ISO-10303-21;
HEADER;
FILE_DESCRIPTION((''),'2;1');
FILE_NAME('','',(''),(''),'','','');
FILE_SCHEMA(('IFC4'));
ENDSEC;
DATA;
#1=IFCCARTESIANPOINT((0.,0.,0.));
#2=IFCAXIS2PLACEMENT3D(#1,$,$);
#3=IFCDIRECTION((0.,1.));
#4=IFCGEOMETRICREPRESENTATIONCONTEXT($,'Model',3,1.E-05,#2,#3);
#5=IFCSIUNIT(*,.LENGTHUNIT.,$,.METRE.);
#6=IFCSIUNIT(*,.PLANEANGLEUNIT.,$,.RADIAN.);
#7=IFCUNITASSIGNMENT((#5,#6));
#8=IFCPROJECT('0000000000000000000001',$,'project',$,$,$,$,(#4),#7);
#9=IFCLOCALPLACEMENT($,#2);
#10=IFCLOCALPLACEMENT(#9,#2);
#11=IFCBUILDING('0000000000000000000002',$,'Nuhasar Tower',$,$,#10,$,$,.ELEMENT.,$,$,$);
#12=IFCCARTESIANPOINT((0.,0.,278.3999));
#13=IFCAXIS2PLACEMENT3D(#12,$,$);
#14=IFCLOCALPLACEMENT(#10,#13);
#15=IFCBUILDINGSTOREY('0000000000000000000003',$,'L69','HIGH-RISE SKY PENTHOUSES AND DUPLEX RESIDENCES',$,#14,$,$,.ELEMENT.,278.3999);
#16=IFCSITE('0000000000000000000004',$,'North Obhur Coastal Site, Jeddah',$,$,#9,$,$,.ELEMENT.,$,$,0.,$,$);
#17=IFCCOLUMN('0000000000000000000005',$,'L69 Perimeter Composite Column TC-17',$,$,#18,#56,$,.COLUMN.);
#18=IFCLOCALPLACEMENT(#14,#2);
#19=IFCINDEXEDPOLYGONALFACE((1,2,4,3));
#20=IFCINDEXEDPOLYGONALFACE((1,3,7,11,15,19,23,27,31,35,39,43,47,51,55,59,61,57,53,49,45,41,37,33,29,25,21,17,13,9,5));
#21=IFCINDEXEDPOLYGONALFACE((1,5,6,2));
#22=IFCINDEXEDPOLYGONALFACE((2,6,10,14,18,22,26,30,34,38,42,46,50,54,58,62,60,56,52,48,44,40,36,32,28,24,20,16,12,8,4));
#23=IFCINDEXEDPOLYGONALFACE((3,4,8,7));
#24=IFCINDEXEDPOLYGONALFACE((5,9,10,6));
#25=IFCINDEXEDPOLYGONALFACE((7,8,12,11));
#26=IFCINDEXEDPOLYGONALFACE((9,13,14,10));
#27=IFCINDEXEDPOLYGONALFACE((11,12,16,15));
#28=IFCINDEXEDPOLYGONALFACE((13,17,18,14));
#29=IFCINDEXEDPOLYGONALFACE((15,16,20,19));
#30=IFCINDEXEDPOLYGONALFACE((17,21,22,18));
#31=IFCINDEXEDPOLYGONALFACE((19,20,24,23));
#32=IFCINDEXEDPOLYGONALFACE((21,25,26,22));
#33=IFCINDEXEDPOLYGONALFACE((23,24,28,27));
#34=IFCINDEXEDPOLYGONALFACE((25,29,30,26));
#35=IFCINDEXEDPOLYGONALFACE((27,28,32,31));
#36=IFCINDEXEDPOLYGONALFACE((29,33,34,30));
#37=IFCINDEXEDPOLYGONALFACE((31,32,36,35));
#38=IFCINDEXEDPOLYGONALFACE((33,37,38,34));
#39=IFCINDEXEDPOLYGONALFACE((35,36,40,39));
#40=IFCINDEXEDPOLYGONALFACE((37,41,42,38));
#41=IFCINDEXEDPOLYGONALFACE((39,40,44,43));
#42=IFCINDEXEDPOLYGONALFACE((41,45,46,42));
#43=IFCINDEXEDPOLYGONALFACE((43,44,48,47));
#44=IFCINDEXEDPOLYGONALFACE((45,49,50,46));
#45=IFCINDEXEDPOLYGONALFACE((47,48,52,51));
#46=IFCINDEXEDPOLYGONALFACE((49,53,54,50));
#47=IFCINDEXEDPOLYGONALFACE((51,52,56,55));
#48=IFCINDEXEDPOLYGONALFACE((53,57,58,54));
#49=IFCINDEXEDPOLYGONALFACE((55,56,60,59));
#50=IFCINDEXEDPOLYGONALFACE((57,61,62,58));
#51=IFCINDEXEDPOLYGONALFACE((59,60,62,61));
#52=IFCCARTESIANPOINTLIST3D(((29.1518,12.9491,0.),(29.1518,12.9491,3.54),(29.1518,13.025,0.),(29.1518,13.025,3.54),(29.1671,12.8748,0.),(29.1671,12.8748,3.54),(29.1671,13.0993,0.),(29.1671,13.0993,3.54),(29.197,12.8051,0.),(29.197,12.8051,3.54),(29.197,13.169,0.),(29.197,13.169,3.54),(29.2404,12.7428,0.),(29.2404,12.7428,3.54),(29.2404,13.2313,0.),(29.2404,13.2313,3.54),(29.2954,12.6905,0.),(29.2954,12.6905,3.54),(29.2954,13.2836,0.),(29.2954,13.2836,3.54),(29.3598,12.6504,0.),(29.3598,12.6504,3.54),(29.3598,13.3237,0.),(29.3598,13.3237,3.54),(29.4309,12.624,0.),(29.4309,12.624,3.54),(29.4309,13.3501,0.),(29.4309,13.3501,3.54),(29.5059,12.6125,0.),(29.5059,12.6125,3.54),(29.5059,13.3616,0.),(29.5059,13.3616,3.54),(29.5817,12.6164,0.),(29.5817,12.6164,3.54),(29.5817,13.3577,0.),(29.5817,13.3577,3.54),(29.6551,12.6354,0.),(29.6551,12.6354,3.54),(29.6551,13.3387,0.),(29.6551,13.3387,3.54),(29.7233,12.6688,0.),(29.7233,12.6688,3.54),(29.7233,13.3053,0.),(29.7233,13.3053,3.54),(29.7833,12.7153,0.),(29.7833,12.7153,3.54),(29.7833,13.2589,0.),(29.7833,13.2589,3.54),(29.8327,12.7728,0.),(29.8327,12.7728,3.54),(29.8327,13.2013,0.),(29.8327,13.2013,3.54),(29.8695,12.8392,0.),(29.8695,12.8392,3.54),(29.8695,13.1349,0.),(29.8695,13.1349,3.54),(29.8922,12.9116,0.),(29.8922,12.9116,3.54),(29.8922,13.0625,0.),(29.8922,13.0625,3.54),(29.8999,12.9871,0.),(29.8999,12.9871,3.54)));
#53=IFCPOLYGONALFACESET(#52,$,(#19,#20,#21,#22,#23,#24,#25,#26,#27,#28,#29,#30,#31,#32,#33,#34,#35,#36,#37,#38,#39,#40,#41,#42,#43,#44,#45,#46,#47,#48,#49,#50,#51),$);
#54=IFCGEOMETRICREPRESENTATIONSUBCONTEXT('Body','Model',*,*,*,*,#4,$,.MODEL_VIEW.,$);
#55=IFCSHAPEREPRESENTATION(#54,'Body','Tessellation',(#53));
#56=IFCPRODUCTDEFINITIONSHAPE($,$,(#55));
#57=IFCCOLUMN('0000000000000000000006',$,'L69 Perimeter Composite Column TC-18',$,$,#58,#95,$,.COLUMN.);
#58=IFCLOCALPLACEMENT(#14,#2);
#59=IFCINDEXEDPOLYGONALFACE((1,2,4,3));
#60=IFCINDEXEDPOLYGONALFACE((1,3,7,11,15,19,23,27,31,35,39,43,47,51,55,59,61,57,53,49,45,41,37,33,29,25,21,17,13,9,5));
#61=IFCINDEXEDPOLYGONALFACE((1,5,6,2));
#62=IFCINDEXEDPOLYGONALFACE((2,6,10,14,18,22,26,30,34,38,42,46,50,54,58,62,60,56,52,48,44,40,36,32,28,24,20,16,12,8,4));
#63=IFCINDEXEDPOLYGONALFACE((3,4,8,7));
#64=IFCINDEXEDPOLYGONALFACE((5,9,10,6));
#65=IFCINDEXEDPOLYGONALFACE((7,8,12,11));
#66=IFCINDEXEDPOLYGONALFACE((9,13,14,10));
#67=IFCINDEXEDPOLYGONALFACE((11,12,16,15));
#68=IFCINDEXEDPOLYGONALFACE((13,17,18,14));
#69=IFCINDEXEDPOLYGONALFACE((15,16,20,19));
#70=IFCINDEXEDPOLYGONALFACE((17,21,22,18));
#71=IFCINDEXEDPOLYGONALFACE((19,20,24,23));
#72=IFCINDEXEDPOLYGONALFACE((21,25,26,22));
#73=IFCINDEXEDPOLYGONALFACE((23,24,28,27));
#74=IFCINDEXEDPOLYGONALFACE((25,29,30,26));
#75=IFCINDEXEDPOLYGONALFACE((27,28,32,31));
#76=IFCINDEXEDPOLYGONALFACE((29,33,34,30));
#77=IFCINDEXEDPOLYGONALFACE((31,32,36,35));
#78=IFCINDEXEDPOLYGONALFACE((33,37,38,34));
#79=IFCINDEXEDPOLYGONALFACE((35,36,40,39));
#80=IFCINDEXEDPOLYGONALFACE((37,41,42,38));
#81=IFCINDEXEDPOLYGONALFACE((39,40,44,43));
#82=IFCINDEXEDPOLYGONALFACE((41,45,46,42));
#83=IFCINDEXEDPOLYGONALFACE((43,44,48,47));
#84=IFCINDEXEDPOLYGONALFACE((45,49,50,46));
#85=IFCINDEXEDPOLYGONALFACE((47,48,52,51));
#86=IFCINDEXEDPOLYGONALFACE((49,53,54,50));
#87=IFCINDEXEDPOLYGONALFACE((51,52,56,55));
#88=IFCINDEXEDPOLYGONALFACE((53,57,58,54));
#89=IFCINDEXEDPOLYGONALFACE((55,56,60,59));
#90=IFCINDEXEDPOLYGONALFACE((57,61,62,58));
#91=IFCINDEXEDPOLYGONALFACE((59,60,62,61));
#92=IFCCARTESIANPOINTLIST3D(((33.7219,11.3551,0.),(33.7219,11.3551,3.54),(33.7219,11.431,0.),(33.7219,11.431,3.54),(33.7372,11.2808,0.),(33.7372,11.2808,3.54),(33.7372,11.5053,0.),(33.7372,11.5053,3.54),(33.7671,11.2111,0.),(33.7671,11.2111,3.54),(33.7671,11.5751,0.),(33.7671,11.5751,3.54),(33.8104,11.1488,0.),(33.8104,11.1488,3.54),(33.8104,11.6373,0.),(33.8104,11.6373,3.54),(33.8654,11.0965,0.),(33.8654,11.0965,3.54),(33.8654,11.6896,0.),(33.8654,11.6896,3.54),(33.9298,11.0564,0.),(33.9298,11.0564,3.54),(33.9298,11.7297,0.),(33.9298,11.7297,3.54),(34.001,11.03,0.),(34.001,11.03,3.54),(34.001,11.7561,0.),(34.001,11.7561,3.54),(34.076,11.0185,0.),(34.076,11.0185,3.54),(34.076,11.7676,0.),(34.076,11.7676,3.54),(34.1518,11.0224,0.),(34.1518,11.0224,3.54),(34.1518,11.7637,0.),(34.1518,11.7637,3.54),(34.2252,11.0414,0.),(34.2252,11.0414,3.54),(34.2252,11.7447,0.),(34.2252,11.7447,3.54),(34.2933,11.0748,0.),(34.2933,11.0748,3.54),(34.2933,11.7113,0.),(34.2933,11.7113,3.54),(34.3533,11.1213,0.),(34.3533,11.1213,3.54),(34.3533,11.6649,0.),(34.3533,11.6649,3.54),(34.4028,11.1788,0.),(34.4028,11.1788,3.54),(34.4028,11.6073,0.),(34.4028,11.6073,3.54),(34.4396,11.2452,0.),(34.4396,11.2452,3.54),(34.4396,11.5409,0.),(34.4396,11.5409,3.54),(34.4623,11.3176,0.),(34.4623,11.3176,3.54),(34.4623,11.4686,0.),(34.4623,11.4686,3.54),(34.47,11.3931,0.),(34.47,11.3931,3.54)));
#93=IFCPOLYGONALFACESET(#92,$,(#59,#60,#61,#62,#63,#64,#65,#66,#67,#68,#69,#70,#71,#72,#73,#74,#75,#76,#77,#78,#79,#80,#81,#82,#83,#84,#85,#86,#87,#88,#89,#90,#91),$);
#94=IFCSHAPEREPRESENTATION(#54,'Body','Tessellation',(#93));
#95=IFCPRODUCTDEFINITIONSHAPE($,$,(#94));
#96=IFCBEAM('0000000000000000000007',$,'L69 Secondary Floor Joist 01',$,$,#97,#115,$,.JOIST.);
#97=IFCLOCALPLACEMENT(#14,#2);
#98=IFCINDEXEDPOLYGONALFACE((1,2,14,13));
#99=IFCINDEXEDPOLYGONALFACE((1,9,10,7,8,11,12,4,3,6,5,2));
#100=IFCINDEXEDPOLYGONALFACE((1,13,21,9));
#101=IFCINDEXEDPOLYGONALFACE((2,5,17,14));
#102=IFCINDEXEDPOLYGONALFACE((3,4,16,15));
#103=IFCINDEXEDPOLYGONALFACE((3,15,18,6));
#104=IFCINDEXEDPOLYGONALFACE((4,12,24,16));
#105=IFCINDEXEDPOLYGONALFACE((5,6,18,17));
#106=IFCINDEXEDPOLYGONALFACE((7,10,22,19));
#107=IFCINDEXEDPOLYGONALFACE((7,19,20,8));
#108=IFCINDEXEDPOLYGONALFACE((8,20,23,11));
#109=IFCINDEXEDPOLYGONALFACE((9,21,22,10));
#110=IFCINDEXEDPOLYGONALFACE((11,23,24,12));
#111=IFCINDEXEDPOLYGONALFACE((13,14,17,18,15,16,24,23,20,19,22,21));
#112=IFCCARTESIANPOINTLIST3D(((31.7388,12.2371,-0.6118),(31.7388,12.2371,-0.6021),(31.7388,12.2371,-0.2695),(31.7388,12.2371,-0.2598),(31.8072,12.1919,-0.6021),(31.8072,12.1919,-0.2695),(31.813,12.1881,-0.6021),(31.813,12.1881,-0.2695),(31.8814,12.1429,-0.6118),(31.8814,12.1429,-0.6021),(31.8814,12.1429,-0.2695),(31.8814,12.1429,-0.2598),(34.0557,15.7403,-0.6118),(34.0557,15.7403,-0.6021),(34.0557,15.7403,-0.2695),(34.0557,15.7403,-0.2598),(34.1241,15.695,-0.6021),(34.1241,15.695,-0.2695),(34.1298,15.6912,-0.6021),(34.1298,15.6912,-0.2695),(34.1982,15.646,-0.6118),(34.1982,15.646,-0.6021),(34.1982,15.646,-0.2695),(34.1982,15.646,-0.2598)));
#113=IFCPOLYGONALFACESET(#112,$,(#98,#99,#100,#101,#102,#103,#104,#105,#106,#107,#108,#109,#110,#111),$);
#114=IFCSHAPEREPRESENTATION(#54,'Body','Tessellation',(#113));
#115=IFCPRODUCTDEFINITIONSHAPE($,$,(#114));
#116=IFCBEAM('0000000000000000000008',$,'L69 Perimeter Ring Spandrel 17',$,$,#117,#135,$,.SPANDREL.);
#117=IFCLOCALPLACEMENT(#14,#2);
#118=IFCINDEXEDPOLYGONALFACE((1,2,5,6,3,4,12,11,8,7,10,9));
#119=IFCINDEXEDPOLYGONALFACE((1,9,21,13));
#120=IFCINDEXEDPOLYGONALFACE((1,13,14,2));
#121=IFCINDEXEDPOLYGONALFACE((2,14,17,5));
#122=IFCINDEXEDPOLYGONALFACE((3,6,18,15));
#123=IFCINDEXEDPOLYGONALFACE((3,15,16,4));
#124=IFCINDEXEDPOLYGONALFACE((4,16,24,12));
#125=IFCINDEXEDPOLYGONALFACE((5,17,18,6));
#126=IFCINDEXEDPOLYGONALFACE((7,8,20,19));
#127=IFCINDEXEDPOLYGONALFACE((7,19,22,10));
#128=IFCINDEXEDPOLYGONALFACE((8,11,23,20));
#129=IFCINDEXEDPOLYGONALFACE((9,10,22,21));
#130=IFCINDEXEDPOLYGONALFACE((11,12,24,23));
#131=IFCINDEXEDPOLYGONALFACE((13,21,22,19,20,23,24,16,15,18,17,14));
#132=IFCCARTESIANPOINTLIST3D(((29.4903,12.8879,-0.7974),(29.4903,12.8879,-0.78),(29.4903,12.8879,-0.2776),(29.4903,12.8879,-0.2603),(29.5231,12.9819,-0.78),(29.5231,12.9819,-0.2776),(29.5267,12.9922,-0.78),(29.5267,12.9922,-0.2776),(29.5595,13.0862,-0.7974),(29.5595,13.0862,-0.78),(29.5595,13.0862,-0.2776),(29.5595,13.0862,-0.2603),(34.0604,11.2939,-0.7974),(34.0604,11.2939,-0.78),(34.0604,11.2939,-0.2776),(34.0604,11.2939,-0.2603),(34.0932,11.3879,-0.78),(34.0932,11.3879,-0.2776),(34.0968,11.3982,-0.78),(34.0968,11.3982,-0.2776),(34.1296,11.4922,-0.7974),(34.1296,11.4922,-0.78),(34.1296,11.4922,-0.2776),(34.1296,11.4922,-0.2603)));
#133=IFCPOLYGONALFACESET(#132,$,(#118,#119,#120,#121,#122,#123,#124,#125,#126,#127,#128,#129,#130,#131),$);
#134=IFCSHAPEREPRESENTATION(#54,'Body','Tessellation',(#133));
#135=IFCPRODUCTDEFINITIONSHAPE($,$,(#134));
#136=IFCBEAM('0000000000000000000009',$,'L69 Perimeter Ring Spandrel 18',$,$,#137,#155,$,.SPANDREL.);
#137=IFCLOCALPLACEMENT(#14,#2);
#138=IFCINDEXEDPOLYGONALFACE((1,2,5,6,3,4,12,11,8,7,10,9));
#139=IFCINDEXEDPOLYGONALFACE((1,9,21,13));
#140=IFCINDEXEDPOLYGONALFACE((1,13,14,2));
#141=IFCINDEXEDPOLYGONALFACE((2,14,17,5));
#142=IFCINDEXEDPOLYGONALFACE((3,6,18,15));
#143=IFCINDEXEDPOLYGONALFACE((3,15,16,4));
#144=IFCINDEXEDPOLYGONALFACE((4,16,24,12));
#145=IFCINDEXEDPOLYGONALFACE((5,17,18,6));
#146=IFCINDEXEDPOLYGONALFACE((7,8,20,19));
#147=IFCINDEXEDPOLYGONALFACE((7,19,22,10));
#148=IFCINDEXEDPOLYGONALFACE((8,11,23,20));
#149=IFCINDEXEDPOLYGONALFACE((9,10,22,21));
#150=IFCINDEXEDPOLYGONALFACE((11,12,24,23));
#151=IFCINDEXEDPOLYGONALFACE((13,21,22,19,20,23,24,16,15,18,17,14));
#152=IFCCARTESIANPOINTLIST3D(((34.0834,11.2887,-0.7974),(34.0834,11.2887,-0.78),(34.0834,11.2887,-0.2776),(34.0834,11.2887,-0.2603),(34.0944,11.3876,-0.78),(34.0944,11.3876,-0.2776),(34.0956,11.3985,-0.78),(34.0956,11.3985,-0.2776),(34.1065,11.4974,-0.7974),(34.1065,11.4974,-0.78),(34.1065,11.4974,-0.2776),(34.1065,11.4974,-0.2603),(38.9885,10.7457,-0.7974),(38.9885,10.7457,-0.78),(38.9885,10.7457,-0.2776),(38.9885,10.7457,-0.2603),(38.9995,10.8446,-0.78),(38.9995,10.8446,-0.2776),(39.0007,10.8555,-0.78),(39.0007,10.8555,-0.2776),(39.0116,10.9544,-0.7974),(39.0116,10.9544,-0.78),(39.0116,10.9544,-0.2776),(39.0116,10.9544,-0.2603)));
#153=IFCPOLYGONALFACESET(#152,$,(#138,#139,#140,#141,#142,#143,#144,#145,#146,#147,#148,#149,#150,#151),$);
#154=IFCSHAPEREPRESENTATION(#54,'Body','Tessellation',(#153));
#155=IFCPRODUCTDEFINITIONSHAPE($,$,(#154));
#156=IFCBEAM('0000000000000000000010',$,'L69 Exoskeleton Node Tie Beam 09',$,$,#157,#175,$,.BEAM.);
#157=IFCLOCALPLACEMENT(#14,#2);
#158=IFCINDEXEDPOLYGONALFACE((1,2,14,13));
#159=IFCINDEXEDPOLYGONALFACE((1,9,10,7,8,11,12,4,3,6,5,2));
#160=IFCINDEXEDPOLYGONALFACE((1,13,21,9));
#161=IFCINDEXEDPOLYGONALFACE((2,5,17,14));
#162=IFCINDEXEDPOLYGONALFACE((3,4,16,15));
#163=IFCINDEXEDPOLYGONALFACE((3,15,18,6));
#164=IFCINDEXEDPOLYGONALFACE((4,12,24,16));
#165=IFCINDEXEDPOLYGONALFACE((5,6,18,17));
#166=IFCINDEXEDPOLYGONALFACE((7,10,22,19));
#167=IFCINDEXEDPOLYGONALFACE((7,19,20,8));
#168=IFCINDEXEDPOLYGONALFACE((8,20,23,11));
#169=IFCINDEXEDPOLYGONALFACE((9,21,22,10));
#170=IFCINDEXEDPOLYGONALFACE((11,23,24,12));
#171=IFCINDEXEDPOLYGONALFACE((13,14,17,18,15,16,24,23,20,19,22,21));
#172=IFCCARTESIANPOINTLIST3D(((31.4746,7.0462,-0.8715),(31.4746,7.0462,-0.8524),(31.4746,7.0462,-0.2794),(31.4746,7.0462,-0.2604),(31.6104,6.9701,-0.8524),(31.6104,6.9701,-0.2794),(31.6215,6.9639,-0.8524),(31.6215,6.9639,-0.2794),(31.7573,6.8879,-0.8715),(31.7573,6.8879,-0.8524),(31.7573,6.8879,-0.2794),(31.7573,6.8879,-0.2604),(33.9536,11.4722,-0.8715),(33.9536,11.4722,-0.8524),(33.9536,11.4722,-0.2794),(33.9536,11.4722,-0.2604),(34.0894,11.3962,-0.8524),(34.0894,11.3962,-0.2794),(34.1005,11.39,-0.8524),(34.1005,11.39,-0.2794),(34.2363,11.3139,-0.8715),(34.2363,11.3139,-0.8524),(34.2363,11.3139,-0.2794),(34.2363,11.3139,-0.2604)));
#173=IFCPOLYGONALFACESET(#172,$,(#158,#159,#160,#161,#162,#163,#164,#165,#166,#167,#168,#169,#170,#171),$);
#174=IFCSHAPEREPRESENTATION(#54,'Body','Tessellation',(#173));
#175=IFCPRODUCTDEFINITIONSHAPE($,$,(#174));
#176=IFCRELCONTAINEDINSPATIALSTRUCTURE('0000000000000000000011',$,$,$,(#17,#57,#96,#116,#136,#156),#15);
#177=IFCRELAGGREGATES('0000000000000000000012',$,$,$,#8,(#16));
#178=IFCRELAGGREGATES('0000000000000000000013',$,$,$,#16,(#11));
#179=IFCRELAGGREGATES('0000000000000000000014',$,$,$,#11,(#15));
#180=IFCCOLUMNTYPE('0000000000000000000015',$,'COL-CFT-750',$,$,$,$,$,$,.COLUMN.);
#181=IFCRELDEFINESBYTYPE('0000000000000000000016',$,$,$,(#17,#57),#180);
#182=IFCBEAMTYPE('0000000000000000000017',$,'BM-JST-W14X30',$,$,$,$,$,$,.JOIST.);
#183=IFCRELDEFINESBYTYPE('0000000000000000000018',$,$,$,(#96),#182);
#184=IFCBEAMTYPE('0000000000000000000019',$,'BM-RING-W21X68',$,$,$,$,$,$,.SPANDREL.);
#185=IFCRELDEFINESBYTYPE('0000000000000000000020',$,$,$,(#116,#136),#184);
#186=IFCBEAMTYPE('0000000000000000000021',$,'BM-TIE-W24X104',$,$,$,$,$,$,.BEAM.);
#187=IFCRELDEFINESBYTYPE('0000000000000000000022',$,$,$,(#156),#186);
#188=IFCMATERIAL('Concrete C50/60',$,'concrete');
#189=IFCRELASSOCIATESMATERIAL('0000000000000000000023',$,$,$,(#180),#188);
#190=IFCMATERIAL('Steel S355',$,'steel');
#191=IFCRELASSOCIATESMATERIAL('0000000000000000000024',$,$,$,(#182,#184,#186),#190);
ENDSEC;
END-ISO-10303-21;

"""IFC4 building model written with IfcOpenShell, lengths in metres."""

from ifc_helpers import new_model, si_unit, direction, frame, origin, origin_2d, place, context, subcontext, project, spatial, circle, i_section, extrude, material, material_profile, profile_set, type_object, element, save


model = new_model("IFC4")

# Units and contexts
model_context = context("Model", 3, precision=1e-05, world=origin(), true_north=direction((0.0, 1.0)))
body_context = subcontext(model_context, "Body", "Model", "MODEL_VIEW")
ifc_project = project(units=[si_unit("LENGTHUNIT", "METRE"), si_unit("PLANEANGLEUNIT", "RADIAN")], contexts=[model_context])

# Site, building, storey
site_placement = place(None, origin())
site = spatial("IfcSite", under=ifc_project, at=site_placement, Name="North Obhur Coastal Site, Jeddah", CompositionType="ELEMENT", RefElevation=0.0)
building_placement = place(site_placement, origin())
building = spatial("IfcBuilding", under=site, at=building_placement, Name="Nuhasar Tower", CompositionType="ELEMENT")
storey_placement = place(building_placement, frame((0.0, 0.0, 278.3999)))
storey = spatial("IfcBuildingStorey", under=building, at=storey_placement, Name="L69", Description="HIGH-RISE SKY PENTHOUSES AND DUPLEX RESIDENCES", CompositionType="ELEMENT", Elevation=278.3999)

# Columns
ifc_material_1 = material(Name="Concrete C50/60", Category="concrete")
ifc_material_profile_1 = material_profile(ifc_material_1, circle(Radius=0.375, at=origin_2d()), Name="CFT750")
ifc_profile_set_1 = profile_set([ifc_material_profile_1], Name="Concrete C50/60")
column_type = type_object("IfcColumnType", Name="COL-CFT-750", PredefinedType="COLUMN", material=ifc_profile_set_1)
for number, where, z_axis, x_axis, name in (
    (1, (29.5249, 12.9871, 0.0), (0.0, 0.0, 1.0), (1.0, 0.0, 0.0), "L69 Perimeter Composite Column TC-17"),
    (2, (34.095, 11.3931, 0.0), (0.0, 0.0, 1.0), (1.0, 0.0, 0.0), "L69 Perimeter Composite Column TC-18"),
):
    element("IfcColumn", number, at=place(storey_placement, frame(where, z_axis=z_axis, x_axis=x_axis)), inside=storey, type_object=column_type, Name=name, PredefinedType="COLUMN", context=body_context, shape_type="SweptSolid", body=[
        extrude(circle(Radius=0.375, at=origin_2d()), origin(), (0.0, 0.0, 1.0), 3.54),
    ])

# Beams
ifc_material_2 = material(Name="Steel S355", Category="steel")
ifc_material_profile_2 = material_profile(ifc_material_2, i_section(OverallWidth=0.1709, OverallDepth=0.3521, WebThickness=0.0068, FlangeThickness=0.0098, at=origin_2d()), Name="W14X30")
ifc_profile_set_2 = profile_set([ifc_material_profile_2], Name="Steel S355")
beam_type_1 = type_object("IfcBeamType", Name="BM-JST-W14X30", PredefinedType="JOIST", material=ifc_profile_set_2)
beam_1_placement = place(storey_placement, frame((34.127, 15.6931, -0.4358), z_axis=(-0.551638, -0.834084, 0.0), x_axis=(0.834084, -0.551638, 0.0)))
element("IfcBeam", 3, at=beam_1_placement, inside=storey, type_object=beam_type_1, Name="L69 Secondary Floor Joist 01", PredefinedType="JOIST", context=body_context, shape_type="SweptSolid", body=[
    extrude(i_section(OverallWidth=0.1709, OverallDepth=0.3521, WebThickness=0.0068, FlangeThickness=0.0098, at=origin_2d()), origin(), (0.0, 0.0, 1.0), 4.2),
])
ifc_material_profile_3 = material_profile(ifc_material_2, i_section(OverallWidth=0.21, OverallDepth=0.5371, WebThickness=0.011, FlangeThickness=0.0173, at=origin_2d()), Name="W21X68")
ifc_profile_set_3 = profile_set([ifc_material_profile_3], Name="Steel S355")
beam_type_2 = type_object("IfcBeamType", Name="BM-RING-W21X68", PredefinedType="SPANDREL", material=ifc_profile_set_3)
beam_2_placement = place(storey_placement, frame((29.5249, 12.9871, -0.5288), z_axis=(0.944214, -0.329332, 0.0), x_axis=(0.329332, 0.944214, 0.0)))
element("IfcBeam", 4, at=beam_2_placement, inside=storey, type_object=beam_type_2, Name="L69 Perimeter Ring Spandrel 17", PredefinedType="SPANDREL", context=body_context, shape_type="SweptSolid", body=[
    extrude(i_section(OverallWidth=0.21, OverallDepth=0.5371, WebThickness=0.011, FlangeThickness=0.0173, at=origin_2d()), origin(), (0.0, 0.0, 1.0), 4.8401),
])
beam_3_placement = place(storey_placement, frame((34.095, 11.3931, -0.5288), z_axis=(0.993929, -0.110024, 0.0), x_axis=(0.110024, 0.993929, 0.0)))
element("IfcBeam", 5, at=beam_3_placement, inside=storey, type_object=beam_type_2, Name="L69 Perimeter Ring Spandrel 18", PredefinedType="SPANDREL", context=body_context, shape_type="SweptSolid", body=[
    extrude(i_section(OverallWidth=0.21, OverallDepth=0.5371, WebThickness=0.011, FlangeThickness=0.0173, at=origin_2d()), origin(), (0.0, 0.0, 1.0), 4.9351),
])
ifc_material_profile_4 = material_profile(ifc_material_2, i_section(OverallWidth=0.324, OverallDepth=0.6111, WebThickness=0.0127, FlangeThickness=0.019, at=origin_2d()), Name="W24X104")
ifc_profile_set_4 = profile_set([ifc_material_profile_4], Name="Steel S355")
beam_type_3 = type_object("IfcBeamType", Name="BM-TIE-W24X104", PredefinedType="BEAM", material=ifc_profile_set_4)
beam_4_placement = place(storey_placement, frame((34.095, 11.3931, -0.5659), z_axis=(-0.488668, -0.87247, 0.0), x_axis=(0.87247, -0.488668, 0.0)))
element("IfcBeam", 6, at=beam_4_placement, inside=storey, type_object=beam_type_3, Name="L69 Exoskeleton Node Tie Beam 09", PredefinedType="BEAM", context=body_context, shape_type="SweptSolid", body=[
    extrude(i_section(OverallWidth=0.324, OverallDepth=0.6111, WebThickness=0.0127, FlangeThickness=0.019, at=origin_2d()), origin(), (0.0, 0.0, 1.0), 5.073),
])

save(model, "model.ifc")
